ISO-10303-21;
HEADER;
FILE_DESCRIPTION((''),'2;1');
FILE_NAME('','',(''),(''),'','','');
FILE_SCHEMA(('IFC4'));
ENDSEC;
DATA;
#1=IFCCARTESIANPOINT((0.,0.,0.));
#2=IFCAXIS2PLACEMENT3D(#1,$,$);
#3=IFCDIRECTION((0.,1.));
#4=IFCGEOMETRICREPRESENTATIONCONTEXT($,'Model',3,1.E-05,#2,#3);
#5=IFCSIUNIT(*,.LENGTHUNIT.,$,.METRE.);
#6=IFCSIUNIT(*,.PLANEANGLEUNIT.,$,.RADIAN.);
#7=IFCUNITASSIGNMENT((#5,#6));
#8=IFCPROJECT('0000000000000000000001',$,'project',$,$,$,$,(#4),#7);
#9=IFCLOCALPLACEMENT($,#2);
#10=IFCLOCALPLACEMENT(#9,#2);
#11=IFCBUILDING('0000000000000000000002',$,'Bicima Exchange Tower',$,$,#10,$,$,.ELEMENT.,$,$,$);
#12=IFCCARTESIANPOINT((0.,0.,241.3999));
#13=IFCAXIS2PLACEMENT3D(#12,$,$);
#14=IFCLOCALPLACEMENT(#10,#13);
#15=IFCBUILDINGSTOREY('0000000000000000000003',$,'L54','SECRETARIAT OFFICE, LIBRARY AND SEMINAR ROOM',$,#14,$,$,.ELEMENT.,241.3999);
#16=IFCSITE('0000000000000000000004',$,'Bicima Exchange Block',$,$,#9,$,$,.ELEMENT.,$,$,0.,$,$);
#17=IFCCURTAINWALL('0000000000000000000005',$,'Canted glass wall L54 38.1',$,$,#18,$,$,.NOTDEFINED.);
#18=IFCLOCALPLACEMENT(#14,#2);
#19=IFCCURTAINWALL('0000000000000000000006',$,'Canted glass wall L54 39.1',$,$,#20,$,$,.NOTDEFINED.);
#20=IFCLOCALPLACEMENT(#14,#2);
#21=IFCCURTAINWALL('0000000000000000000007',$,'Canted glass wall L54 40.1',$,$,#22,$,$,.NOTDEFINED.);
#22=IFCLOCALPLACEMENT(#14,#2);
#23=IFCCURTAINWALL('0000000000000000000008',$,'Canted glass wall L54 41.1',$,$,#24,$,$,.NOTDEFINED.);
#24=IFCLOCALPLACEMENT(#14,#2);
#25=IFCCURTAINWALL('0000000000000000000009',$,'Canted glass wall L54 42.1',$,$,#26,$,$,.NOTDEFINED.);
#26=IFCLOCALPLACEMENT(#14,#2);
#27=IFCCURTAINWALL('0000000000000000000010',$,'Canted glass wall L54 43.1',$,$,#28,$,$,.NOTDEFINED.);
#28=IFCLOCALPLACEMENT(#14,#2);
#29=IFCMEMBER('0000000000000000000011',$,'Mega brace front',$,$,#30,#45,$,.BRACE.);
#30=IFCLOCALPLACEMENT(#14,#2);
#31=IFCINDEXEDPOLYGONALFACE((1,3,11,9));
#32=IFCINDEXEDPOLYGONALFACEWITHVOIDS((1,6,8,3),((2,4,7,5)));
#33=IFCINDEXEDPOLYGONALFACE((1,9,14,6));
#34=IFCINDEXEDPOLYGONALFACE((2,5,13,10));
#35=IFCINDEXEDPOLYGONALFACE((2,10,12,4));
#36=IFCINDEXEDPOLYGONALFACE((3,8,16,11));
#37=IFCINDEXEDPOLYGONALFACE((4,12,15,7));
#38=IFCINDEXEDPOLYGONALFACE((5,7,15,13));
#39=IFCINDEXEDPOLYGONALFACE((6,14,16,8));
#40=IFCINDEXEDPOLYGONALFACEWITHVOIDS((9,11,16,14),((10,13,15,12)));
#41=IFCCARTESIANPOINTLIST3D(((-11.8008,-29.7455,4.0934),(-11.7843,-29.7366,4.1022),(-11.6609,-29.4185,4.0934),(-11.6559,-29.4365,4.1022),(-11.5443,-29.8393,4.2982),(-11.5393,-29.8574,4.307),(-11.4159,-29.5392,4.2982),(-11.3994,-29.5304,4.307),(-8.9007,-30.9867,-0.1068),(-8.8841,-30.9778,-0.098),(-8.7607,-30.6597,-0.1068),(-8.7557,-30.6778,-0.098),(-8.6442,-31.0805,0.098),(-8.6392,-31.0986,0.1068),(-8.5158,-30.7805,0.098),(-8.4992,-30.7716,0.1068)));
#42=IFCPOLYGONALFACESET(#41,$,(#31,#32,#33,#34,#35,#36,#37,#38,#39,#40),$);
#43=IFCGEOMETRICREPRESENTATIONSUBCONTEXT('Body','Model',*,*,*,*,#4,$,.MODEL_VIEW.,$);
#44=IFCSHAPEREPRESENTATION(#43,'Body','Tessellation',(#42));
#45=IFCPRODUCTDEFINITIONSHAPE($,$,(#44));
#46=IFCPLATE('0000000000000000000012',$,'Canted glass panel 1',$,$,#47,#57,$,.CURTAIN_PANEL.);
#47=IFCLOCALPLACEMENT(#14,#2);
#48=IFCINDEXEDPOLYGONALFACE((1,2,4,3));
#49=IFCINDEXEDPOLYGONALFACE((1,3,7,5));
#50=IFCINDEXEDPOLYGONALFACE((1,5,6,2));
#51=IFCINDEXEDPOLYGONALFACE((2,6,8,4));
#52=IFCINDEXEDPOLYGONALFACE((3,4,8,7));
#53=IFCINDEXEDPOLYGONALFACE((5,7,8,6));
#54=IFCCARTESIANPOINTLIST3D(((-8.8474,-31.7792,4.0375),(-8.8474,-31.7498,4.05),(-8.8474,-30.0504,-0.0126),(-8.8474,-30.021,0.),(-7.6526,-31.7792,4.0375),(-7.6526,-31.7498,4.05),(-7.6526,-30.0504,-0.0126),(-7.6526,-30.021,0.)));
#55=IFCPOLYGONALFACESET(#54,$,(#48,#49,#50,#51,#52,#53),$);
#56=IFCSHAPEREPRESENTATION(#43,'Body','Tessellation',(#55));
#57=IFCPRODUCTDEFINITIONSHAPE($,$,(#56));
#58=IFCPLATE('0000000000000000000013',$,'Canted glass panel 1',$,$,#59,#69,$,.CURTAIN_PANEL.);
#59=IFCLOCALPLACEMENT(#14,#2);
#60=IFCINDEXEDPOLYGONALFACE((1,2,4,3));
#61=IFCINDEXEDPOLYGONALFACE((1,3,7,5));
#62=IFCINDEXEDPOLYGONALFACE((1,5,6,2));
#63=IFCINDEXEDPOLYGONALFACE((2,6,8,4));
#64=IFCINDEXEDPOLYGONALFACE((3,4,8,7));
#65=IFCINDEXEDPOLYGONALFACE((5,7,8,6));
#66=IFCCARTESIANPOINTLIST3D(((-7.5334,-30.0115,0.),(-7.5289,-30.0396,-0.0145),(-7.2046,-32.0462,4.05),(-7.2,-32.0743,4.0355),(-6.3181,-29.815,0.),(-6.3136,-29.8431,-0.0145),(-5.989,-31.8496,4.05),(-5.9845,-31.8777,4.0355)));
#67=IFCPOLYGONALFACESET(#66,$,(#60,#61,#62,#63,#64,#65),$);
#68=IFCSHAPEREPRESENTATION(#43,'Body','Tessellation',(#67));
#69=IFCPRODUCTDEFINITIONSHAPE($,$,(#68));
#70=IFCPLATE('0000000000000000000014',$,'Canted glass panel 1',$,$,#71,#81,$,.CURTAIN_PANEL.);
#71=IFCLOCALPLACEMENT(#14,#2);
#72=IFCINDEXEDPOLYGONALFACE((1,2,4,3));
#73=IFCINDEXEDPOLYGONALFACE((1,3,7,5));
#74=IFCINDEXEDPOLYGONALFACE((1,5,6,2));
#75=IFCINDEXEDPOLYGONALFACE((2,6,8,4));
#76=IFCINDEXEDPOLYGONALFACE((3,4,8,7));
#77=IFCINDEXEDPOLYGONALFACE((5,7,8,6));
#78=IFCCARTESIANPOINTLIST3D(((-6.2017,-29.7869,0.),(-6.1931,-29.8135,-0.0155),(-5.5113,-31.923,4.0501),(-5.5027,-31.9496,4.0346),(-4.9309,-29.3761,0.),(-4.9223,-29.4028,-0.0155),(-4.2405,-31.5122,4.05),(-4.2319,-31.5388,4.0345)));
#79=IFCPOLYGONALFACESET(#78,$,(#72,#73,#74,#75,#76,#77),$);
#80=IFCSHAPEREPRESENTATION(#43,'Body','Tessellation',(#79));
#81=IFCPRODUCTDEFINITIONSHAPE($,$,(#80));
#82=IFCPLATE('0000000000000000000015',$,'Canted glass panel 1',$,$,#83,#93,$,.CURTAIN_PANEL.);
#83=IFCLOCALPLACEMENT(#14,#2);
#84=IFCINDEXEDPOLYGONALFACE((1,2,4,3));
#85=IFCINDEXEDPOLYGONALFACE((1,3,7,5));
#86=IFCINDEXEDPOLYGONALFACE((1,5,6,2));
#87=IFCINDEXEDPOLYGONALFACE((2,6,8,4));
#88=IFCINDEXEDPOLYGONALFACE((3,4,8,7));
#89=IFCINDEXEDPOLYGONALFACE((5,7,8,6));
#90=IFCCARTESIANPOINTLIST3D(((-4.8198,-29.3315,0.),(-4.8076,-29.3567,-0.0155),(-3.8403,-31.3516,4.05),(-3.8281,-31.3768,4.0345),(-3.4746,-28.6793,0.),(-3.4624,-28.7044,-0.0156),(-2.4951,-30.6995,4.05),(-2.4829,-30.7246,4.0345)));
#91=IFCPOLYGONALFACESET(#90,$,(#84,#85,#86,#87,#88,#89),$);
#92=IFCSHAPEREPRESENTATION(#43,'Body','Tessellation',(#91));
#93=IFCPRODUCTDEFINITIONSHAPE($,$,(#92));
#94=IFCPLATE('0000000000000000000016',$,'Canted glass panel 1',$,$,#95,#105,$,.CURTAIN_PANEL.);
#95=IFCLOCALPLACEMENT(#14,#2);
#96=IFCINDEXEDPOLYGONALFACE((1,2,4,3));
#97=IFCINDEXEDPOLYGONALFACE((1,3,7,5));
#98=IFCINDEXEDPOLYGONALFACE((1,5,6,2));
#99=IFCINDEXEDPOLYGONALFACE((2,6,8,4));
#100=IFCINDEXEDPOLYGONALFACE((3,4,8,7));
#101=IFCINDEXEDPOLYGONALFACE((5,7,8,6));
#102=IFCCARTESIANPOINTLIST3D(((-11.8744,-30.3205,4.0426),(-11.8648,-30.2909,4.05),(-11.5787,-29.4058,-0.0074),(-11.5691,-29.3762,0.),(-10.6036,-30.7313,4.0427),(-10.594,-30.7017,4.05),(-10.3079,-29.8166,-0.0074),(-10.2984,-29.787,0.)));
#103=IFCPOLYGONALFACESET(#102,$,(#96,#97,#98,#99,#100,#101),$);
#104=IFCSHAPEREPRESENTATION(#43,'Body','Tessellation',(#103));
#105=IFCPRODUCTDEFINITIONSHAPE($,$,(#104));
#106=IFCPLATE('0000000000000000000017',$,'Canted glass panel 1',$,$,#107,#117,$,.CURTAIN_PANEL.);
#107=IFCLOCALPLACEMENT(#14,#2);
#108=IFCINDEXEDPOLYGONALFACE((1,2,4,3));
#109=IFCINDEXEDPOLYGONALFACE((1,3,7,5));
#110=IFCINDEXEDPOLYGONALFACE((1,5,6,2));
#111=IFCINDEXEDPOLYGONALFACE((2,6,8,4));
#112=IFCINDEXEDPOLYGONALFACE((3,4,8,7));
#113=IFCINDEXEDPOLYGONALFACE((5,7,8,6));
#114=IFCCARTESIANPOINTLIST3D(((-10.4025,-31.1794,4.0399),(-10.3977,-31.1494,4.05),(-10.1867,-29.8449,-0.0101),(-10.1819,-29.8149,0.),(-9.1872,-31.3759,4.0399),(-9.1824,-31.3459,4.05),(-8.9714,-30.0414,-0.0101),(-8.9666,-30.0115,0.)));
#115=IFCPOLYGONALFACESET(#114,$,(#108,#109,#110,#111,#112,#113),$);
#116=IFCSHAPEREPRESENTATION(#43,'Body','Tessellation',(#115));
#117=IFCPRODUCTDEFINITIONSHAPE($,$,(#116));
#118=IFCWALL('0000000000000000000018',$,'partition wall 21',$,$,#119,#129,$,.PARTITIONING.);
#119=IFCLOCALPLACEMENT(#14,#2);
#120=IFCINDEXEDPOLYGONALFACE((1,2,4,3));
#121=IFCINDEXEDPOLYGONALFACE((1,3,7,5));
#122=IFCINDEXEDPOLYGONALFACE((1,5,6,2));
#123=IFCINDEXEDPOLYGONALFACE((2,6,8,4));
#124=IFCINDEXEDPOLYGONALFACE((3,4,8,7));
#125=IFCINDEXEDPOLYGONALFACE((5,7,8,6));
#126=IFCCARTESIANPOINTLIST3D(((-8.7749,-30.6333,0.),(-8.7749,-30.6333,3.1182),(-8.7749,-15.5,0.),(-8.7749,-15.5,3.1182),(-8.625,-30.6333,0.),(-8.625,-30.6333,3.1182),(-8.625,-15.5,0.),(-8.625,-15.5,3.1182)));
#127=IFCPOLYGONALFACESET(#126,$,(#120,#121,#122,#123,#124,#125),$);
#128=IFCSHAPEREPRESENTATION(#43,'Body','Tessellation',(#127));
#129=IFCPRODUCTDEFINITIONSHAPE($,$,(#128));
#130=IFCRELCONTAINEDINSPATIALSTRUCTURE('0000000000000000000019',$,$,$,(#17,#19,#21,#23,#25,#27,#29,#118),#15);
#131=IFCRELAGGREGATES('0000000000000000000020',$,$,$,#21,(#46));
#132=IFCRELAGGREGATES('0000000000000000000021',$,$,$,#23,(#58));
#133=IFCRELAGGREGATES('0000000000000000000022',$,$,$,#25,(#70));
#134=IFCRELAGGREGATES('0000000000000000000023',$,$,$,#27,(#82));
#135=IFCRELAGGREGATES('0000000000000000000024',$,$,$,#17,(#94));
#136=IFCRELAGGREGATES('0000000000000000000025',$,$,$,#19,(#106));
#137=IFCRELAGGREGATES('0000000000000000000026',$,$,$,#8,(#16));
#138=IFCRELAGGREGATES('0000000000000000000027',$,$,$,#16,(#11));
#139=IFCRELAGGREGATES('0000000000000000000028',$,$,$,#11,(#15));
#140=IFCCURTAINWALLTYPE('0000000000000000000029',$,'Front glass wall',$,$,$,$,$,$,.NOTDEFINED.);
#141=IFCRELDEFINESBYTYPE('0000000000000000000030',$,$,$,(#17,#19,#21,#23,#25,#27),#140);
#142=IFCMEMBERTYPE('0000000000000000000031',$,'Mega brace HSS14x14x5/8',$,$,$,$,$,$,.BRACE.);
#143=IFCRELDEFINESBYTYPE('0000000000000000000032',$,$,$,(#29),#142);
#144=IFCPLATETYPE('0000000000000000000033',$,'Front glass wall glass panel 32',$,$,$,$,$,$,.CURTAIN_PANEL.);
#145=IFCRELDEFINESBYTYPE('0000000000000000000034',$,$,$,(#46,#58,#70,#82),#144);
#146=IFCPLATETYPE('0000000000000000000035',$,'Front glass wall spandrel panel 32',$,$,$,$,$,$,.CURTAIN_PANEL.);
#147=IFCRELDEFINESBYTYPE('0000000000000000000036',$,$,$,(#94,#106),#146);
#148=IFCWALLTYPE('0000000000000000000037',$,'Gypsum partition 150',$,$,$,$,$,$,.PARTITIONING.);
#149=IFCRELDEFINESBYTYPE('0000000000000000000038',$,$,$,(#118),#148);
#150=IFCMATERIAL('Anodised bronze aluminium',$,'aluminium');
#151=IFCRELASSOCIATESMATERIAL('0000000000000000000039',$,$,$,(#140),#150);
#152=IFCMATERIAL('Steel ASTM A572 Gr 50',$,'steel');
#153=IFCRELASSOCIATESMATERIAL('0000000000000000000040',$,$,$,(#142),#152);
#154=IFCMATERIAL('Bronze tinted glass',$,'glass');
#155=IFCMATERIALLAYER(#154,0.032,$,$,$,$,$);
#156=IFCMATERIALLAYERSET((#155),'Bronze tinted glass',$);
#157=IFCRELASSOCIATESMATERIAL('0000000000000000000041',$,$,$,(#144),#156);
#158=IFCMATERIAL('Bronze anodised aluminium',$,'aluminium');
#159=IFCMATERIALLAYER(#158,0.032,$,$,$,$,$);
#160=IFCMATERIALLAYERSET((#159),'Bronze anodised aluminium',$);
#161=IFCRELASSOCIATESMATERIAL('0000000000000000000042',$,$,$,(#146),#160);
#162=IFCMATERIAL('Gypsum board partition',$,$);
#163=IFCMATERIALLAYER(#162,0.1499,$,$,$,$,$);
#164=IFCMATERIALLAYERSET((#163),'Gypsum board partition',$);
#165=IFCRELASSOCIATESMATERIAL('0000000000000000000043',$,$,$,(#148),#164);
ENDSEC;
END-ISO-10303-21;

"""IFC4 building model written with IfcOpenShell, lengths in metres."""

from ifc_helpers import new_model, si_unit, direction, frame, frame_2d, origin, origin_2d, place, context, subcontext, project, spatial, polyline, rectangle, hollow_rectangle, outline, extrude, material, layer, layer_set, material_profile, profile_set, type_object, element, aggregate, save


model = new_model("IFC4")

# Units and contexts
model_context = context("Model", 3, precision=1e-05, world=origin(), true_north=direction((0.0, 1.0)))
body_context = subcontext(model_context, "Body", "Model", "MODEL_VIEW")
ifc_project = project(units=[si_unit("LENGTHUNIT", "METRE"), si_unit("PLANEANGLEUNIT", "RADIAN")], contexts=[model_context])

# Site, building, storey
site_placement = place(None, origin())
site = spatial("IfcSite", under=ifc_project, at=site_placement, Name="Bicima Exchange Block", CompositionType="ELEMENT", RefElevation=0.0)
building_placement = place(site_placement, origin())
building = spatial("IfcBuilding", under=site, at=building_placement, Name="Bicima Exchange Tower", CompositionType="ELEMENT")
storey_placement = place(building_placement, frame((0.0, 0.0, 241.3999)))
storey = spatial("IfcBuildingStorey", under=building, at=storey_placement, Name="L54", Description="SECRETARIAT OFFICE, LIBRARY AND SEMINAR ROOM", CompositionType="ELEMENT", Elevation=241.3999)

# Shared definitions
ifc_material_1 = material(Name="Anodised bronze aluminium", Category="aluminium")
curtain_wall_type = type_object("IfcCurtainWallType", Name="Front glass wall", PredefinedType="NOTDEFINED", material=ifc_material_1)

# Curtain walls
curtain_wall_1_placement = place(storey_placement, origin())
curtain_wall_1 = element("IfcCurtainWall", 1, at=curtain_wall_1_placement, inside=storey, type_object=curtain_wall_type, Name="Canted glass wall L54 38.1", PredefinedType="NOTDEFINED")
curtain_wall_2_placement = place(storey_placement, origin())
curtain_wall_2 = element("IfcCurtainWall", 2, at=curtain_wall_2_placement, inside=storey, type_object=curtain_wall_type, Name="Canted glass wall L54 39.1", PredefinedType="NOTDEFINED")
curtain_wall_3_placement = place(storey_placement, origin())
curtain_wall_3 = element("IfcCurtainWall", 3, at=curtain_wall_3_placement, inside=storey, type_object=curtain_wall_type, Name="Canted glass wall L54 40.1", PredefinedType="NOTDEFINED")
curtain_wall_4_placement = place(storey_placement, origin())
curtain_wall_4 = element("IfcCurtainWall", 4, at=curtain_wall_4_placement, inside=storey, type_object=curtain_wall_type, Name="Canted glass wall L54 41.1", PredefinedType="NOTDEFINED")
curtain_wall_5_placement = place(storey_placement, origin())
curtain_wall_5 = element("IfcCurtainWall", 5, at=curtain_wall_5_placement, inside=storey, type_object=curtain_wall_type, Name="Canted glass wall L54 42.1", PredefinedType="NOTDEFINED")

# Curtain wall
curtain_wall_6_placement = place(storey_placement, origin())
curtain_wall_6 = element("IfcCurtainWall", 6, at=curtain_wall_6_placement, inside=storey, type_object=curtain_wall_type, Name="Canted glass wall L54 43.1", PredefinedType="NOTDEFINED")

# Member
ifc_material_2 = material(Name="Steel ASTM A572 Gr 50", Category="steel")
ifc_material_profile_1 = material_profile(ifc_material_2, hollow_rectangle(XDim=0.3557, YDim=0.3557, WallThickness=0.0146, at=origin_2d()))
ifc_profile_set_1 = profile_set([ifc_material_profile_1], Name="Steel ASTM A572 Gr 50")
member_type_1 = type_object("IfcMemberType", Name="Mega brace HSS14x14x5/8", PredefinedType="BRACE", material=ifc_profile_set_1)
member_1_placement = place(storey_placement, frame((-8.7, -30.8792, 0.0), z_axis=(-0.552103, 0.23629, 0.799594), x_axis=(-0.393462, -0.919341, 0.0)))
element("IfcMember", 7, at=member_1_placement, inside=storey, type_object=member_type_1, Name="Mega brace front", PredefinedType="BRACE", context=body_context, shape_type="SweptSolid", body=[
    extrude(hollow_rectangle(XDim=0.3557, YDim=0.3557, WallThickness=0.0146, at=origin_2d()), origin(), (0.0, 0.0, 1.0), 5.2529),
])

# Plates
ifc_material_3 = material(Name="Bronze tinted glass", Category="glass")
ifc_layer_1 = layer(ifc_material_3, 0.032)
ifc_layer_set_1 = layer_set([ifc_layer_1], Name="Bronze tinted glass")
plate_type_1 = type_object("IfcPlateType", Name="Front glass wall glass panel 32", PredefinedType="CURTAIN_PANEL", material=ifc_layer_set_1)
plate_1_placement = place(storey_placement, frame((-8.8474, -30.021, 0.0), z_axis=(0.0, 0.919718, 0.392581), x_axis=(1.0, 0.0, 0.0)))
plate_1 = element("IfcPlate", 8, at=plate_1_placement, type_object=plate_type_1, Name="Canted glass panel 1", PredefinedType="CURTAIN_PANEL", context=body_context, shape_type="SweptSolid", body=[
    extrude(outline(polyline([(0.0, 0.0), (1.1948, 0.0), (1.1948, -4.4036), (0.0, -4.4036), (0.0, 0.0)])), origin(), (0.0, 0.0, -1.0), 0.032),
])
aggregate(curtain_wall_3, [plate_1])
plate_2_placement = place(storey_placement, frame((-7.5334, -30.0115, 0.0), z_axis=(-0.14226, 0.879803, 0.453552), x_axis=(0.987178, 0.159625, -0.000006)))
plate_2 = element("IfcPlate", 9, at=plate_2_placement, type_object=plate_type_1, Name="Canted glass panel 1", PredefinedType="CURTAIN_PANEL", context=body_context, shape_type="SweptSolid", body=[
    extrude(outline(polyline([(0.0, 0.0), (1.2311, 0.0), (1.2312, -4.5443), (-0.0002, -4.5443), (0.0, 0.0)])), origin(), (0.0, 0.0, -1.0), 0.032),
])
aggregate(curtain_wall_4, [plate_2])
plate_3_placement = place(storey_placement, frame((-6.2017, -29.7869, 0.0), z_axis=(-0.269015, 0.832226, 0.484799), x_axis=(0.95153, 0.307557, 0.000037)))
plate_3 = element("IfcPlate", 10, at=plate_3_placement, type_object=plate_type_1, Name="Canted glass panel 1", PredefinedType="CURTAIN_PANEL", context=body_context, shape_type="SweptSolid", body=[
    extrude(outline(polyline([(0.0, 0.0), (1.3355, 0.0), (1.3356, -4.6306), (0.0001, -4.6307), (0.0, 0.0)])), origin(), (0.0, 0.0, -1.0), 0.032),
])
aggregate(curtain_wall_5, [plate_3])
plate_4_placement = place(storey_placement, frame((-4.8198, -29.3315, 0.0), z_axis=(-0.381568, 0.786988, 0.484826), x_axis=(0.899808, 0.436287, -0.000031)))
plate_4 = element("IfcPlate", 11, at=plate_4_placement, type_object=plate_type_1, Name="Canted glass panel 1", PredefinedType="CURTAIN_PANEL", context=body_context, shape_type="SweptSolid", body=[
    extrude(outline(polyline([(0.0, 0.0), (1.495, 0.0), (1.4949, -4.6307), (-0.0001, -4.6306), (0.0, 0.0)])), origin(), (0.0, 0.0, -1.0), 0.032),
])
aggregate(curtain_wall_6, [plate_4])
ifc_material_4 = material(Name="Bronze anodised aluminium", Category="aluminium")
ifc_layer_2 = layer(ifc_material_4, 0.032)
ifc_layer_set_2 = layer_set([ifc_layer_2], Name="Bronze anodised aluminium")
plate_type_2 = type_object("IfcPlateType", Name="Front glass wall spandrel panel 32", PredefinedType="CURTAIN_PANEL", material=ifc_layer_set_2)
plate_5_placement = place(storey_placement, frame((-11.5691, -29.3762, 0.0), z_axis=(0.299263, 0.925803, 0.230932), x_axis=(0.951525, -0.307572, -0.00002)))
plate_5 = element("IfcPlate", 12, at=plate_5_placement, type_object=plate_type_2, Name="Canted glass panel 1", PredefinedType="CURTAIN_PANEL", context=body_context, shape_type="SweptSolid", body=[
    extrude(outline(polyline([(0.0, 0.0), (1.3355, 0.0), (1.3354, -4.1626), (-0.0001, -4.1625), (0.0, 0.0)])), origin(), (0.0, 0.0, -1.0), 0.032),
])
aggregate(curtain_wall_1, [plate_5])
plate_6_placement = place(storey_placement, frame((-10.1819, -29.8149, 0.0), z_axis=(0.151425, 0.936392, 0.316606), x_axis=(0.987176, -0.159638, 0.0)))
plate_6 = element("IfcPlate", 13, at=plate_6_placement, type_object=plate_type_2, Name="Canted glass panel 1", PredefinedType="CURTAIN_PANEL", context=body_context, shape_type="SweptSolid", body=[
    extrude(outline(polyline([(0.0, 0.0), (1.2311, 0.0), (1.2311, -4.2697), (0.0, -4.2697), (0.0, 0.0)])), origin(), (0.0, 0.0, -1.0), 0.032),
])
aggregate(curtain_wall_2, [plate_6])

# Wall
ifc_material_5 = material(Name="Gypsum board partition")
ifc_layer_3 = layer(ifc_material_5, 0.1499)
ifc_layer_set_3 = layer_set([ifc_layer_3], Name="Gypsum board partition")
wall_type = type_object("IfcWallType", Name="Gypsum partition 150", PredefinedType="PARTITIONING", material=ifc_layer_set_3)
wall_placement = place(storey_placement, frame((-8.7, -30.6333, 0.0), z_axis=(0.0, 0.0, 1.0), x_axis=(0.0, 1.0, 0.0)))
element("IfcWall", 14, at=wall_placement, inside=storey, type_object=wall_type, Name="partition wall 21", PredefinedType="PARTITIONING", context=body_context, shape_type="SweptSolid", body=[
    extrude(rectangle(XDim=15.1333, YDim=0.1499, at=frame_2d((7.5667, 0.0))), origin(), (0.0, 0.0, 1.0), 3.1182),
])

save(model, "model.ifc")
